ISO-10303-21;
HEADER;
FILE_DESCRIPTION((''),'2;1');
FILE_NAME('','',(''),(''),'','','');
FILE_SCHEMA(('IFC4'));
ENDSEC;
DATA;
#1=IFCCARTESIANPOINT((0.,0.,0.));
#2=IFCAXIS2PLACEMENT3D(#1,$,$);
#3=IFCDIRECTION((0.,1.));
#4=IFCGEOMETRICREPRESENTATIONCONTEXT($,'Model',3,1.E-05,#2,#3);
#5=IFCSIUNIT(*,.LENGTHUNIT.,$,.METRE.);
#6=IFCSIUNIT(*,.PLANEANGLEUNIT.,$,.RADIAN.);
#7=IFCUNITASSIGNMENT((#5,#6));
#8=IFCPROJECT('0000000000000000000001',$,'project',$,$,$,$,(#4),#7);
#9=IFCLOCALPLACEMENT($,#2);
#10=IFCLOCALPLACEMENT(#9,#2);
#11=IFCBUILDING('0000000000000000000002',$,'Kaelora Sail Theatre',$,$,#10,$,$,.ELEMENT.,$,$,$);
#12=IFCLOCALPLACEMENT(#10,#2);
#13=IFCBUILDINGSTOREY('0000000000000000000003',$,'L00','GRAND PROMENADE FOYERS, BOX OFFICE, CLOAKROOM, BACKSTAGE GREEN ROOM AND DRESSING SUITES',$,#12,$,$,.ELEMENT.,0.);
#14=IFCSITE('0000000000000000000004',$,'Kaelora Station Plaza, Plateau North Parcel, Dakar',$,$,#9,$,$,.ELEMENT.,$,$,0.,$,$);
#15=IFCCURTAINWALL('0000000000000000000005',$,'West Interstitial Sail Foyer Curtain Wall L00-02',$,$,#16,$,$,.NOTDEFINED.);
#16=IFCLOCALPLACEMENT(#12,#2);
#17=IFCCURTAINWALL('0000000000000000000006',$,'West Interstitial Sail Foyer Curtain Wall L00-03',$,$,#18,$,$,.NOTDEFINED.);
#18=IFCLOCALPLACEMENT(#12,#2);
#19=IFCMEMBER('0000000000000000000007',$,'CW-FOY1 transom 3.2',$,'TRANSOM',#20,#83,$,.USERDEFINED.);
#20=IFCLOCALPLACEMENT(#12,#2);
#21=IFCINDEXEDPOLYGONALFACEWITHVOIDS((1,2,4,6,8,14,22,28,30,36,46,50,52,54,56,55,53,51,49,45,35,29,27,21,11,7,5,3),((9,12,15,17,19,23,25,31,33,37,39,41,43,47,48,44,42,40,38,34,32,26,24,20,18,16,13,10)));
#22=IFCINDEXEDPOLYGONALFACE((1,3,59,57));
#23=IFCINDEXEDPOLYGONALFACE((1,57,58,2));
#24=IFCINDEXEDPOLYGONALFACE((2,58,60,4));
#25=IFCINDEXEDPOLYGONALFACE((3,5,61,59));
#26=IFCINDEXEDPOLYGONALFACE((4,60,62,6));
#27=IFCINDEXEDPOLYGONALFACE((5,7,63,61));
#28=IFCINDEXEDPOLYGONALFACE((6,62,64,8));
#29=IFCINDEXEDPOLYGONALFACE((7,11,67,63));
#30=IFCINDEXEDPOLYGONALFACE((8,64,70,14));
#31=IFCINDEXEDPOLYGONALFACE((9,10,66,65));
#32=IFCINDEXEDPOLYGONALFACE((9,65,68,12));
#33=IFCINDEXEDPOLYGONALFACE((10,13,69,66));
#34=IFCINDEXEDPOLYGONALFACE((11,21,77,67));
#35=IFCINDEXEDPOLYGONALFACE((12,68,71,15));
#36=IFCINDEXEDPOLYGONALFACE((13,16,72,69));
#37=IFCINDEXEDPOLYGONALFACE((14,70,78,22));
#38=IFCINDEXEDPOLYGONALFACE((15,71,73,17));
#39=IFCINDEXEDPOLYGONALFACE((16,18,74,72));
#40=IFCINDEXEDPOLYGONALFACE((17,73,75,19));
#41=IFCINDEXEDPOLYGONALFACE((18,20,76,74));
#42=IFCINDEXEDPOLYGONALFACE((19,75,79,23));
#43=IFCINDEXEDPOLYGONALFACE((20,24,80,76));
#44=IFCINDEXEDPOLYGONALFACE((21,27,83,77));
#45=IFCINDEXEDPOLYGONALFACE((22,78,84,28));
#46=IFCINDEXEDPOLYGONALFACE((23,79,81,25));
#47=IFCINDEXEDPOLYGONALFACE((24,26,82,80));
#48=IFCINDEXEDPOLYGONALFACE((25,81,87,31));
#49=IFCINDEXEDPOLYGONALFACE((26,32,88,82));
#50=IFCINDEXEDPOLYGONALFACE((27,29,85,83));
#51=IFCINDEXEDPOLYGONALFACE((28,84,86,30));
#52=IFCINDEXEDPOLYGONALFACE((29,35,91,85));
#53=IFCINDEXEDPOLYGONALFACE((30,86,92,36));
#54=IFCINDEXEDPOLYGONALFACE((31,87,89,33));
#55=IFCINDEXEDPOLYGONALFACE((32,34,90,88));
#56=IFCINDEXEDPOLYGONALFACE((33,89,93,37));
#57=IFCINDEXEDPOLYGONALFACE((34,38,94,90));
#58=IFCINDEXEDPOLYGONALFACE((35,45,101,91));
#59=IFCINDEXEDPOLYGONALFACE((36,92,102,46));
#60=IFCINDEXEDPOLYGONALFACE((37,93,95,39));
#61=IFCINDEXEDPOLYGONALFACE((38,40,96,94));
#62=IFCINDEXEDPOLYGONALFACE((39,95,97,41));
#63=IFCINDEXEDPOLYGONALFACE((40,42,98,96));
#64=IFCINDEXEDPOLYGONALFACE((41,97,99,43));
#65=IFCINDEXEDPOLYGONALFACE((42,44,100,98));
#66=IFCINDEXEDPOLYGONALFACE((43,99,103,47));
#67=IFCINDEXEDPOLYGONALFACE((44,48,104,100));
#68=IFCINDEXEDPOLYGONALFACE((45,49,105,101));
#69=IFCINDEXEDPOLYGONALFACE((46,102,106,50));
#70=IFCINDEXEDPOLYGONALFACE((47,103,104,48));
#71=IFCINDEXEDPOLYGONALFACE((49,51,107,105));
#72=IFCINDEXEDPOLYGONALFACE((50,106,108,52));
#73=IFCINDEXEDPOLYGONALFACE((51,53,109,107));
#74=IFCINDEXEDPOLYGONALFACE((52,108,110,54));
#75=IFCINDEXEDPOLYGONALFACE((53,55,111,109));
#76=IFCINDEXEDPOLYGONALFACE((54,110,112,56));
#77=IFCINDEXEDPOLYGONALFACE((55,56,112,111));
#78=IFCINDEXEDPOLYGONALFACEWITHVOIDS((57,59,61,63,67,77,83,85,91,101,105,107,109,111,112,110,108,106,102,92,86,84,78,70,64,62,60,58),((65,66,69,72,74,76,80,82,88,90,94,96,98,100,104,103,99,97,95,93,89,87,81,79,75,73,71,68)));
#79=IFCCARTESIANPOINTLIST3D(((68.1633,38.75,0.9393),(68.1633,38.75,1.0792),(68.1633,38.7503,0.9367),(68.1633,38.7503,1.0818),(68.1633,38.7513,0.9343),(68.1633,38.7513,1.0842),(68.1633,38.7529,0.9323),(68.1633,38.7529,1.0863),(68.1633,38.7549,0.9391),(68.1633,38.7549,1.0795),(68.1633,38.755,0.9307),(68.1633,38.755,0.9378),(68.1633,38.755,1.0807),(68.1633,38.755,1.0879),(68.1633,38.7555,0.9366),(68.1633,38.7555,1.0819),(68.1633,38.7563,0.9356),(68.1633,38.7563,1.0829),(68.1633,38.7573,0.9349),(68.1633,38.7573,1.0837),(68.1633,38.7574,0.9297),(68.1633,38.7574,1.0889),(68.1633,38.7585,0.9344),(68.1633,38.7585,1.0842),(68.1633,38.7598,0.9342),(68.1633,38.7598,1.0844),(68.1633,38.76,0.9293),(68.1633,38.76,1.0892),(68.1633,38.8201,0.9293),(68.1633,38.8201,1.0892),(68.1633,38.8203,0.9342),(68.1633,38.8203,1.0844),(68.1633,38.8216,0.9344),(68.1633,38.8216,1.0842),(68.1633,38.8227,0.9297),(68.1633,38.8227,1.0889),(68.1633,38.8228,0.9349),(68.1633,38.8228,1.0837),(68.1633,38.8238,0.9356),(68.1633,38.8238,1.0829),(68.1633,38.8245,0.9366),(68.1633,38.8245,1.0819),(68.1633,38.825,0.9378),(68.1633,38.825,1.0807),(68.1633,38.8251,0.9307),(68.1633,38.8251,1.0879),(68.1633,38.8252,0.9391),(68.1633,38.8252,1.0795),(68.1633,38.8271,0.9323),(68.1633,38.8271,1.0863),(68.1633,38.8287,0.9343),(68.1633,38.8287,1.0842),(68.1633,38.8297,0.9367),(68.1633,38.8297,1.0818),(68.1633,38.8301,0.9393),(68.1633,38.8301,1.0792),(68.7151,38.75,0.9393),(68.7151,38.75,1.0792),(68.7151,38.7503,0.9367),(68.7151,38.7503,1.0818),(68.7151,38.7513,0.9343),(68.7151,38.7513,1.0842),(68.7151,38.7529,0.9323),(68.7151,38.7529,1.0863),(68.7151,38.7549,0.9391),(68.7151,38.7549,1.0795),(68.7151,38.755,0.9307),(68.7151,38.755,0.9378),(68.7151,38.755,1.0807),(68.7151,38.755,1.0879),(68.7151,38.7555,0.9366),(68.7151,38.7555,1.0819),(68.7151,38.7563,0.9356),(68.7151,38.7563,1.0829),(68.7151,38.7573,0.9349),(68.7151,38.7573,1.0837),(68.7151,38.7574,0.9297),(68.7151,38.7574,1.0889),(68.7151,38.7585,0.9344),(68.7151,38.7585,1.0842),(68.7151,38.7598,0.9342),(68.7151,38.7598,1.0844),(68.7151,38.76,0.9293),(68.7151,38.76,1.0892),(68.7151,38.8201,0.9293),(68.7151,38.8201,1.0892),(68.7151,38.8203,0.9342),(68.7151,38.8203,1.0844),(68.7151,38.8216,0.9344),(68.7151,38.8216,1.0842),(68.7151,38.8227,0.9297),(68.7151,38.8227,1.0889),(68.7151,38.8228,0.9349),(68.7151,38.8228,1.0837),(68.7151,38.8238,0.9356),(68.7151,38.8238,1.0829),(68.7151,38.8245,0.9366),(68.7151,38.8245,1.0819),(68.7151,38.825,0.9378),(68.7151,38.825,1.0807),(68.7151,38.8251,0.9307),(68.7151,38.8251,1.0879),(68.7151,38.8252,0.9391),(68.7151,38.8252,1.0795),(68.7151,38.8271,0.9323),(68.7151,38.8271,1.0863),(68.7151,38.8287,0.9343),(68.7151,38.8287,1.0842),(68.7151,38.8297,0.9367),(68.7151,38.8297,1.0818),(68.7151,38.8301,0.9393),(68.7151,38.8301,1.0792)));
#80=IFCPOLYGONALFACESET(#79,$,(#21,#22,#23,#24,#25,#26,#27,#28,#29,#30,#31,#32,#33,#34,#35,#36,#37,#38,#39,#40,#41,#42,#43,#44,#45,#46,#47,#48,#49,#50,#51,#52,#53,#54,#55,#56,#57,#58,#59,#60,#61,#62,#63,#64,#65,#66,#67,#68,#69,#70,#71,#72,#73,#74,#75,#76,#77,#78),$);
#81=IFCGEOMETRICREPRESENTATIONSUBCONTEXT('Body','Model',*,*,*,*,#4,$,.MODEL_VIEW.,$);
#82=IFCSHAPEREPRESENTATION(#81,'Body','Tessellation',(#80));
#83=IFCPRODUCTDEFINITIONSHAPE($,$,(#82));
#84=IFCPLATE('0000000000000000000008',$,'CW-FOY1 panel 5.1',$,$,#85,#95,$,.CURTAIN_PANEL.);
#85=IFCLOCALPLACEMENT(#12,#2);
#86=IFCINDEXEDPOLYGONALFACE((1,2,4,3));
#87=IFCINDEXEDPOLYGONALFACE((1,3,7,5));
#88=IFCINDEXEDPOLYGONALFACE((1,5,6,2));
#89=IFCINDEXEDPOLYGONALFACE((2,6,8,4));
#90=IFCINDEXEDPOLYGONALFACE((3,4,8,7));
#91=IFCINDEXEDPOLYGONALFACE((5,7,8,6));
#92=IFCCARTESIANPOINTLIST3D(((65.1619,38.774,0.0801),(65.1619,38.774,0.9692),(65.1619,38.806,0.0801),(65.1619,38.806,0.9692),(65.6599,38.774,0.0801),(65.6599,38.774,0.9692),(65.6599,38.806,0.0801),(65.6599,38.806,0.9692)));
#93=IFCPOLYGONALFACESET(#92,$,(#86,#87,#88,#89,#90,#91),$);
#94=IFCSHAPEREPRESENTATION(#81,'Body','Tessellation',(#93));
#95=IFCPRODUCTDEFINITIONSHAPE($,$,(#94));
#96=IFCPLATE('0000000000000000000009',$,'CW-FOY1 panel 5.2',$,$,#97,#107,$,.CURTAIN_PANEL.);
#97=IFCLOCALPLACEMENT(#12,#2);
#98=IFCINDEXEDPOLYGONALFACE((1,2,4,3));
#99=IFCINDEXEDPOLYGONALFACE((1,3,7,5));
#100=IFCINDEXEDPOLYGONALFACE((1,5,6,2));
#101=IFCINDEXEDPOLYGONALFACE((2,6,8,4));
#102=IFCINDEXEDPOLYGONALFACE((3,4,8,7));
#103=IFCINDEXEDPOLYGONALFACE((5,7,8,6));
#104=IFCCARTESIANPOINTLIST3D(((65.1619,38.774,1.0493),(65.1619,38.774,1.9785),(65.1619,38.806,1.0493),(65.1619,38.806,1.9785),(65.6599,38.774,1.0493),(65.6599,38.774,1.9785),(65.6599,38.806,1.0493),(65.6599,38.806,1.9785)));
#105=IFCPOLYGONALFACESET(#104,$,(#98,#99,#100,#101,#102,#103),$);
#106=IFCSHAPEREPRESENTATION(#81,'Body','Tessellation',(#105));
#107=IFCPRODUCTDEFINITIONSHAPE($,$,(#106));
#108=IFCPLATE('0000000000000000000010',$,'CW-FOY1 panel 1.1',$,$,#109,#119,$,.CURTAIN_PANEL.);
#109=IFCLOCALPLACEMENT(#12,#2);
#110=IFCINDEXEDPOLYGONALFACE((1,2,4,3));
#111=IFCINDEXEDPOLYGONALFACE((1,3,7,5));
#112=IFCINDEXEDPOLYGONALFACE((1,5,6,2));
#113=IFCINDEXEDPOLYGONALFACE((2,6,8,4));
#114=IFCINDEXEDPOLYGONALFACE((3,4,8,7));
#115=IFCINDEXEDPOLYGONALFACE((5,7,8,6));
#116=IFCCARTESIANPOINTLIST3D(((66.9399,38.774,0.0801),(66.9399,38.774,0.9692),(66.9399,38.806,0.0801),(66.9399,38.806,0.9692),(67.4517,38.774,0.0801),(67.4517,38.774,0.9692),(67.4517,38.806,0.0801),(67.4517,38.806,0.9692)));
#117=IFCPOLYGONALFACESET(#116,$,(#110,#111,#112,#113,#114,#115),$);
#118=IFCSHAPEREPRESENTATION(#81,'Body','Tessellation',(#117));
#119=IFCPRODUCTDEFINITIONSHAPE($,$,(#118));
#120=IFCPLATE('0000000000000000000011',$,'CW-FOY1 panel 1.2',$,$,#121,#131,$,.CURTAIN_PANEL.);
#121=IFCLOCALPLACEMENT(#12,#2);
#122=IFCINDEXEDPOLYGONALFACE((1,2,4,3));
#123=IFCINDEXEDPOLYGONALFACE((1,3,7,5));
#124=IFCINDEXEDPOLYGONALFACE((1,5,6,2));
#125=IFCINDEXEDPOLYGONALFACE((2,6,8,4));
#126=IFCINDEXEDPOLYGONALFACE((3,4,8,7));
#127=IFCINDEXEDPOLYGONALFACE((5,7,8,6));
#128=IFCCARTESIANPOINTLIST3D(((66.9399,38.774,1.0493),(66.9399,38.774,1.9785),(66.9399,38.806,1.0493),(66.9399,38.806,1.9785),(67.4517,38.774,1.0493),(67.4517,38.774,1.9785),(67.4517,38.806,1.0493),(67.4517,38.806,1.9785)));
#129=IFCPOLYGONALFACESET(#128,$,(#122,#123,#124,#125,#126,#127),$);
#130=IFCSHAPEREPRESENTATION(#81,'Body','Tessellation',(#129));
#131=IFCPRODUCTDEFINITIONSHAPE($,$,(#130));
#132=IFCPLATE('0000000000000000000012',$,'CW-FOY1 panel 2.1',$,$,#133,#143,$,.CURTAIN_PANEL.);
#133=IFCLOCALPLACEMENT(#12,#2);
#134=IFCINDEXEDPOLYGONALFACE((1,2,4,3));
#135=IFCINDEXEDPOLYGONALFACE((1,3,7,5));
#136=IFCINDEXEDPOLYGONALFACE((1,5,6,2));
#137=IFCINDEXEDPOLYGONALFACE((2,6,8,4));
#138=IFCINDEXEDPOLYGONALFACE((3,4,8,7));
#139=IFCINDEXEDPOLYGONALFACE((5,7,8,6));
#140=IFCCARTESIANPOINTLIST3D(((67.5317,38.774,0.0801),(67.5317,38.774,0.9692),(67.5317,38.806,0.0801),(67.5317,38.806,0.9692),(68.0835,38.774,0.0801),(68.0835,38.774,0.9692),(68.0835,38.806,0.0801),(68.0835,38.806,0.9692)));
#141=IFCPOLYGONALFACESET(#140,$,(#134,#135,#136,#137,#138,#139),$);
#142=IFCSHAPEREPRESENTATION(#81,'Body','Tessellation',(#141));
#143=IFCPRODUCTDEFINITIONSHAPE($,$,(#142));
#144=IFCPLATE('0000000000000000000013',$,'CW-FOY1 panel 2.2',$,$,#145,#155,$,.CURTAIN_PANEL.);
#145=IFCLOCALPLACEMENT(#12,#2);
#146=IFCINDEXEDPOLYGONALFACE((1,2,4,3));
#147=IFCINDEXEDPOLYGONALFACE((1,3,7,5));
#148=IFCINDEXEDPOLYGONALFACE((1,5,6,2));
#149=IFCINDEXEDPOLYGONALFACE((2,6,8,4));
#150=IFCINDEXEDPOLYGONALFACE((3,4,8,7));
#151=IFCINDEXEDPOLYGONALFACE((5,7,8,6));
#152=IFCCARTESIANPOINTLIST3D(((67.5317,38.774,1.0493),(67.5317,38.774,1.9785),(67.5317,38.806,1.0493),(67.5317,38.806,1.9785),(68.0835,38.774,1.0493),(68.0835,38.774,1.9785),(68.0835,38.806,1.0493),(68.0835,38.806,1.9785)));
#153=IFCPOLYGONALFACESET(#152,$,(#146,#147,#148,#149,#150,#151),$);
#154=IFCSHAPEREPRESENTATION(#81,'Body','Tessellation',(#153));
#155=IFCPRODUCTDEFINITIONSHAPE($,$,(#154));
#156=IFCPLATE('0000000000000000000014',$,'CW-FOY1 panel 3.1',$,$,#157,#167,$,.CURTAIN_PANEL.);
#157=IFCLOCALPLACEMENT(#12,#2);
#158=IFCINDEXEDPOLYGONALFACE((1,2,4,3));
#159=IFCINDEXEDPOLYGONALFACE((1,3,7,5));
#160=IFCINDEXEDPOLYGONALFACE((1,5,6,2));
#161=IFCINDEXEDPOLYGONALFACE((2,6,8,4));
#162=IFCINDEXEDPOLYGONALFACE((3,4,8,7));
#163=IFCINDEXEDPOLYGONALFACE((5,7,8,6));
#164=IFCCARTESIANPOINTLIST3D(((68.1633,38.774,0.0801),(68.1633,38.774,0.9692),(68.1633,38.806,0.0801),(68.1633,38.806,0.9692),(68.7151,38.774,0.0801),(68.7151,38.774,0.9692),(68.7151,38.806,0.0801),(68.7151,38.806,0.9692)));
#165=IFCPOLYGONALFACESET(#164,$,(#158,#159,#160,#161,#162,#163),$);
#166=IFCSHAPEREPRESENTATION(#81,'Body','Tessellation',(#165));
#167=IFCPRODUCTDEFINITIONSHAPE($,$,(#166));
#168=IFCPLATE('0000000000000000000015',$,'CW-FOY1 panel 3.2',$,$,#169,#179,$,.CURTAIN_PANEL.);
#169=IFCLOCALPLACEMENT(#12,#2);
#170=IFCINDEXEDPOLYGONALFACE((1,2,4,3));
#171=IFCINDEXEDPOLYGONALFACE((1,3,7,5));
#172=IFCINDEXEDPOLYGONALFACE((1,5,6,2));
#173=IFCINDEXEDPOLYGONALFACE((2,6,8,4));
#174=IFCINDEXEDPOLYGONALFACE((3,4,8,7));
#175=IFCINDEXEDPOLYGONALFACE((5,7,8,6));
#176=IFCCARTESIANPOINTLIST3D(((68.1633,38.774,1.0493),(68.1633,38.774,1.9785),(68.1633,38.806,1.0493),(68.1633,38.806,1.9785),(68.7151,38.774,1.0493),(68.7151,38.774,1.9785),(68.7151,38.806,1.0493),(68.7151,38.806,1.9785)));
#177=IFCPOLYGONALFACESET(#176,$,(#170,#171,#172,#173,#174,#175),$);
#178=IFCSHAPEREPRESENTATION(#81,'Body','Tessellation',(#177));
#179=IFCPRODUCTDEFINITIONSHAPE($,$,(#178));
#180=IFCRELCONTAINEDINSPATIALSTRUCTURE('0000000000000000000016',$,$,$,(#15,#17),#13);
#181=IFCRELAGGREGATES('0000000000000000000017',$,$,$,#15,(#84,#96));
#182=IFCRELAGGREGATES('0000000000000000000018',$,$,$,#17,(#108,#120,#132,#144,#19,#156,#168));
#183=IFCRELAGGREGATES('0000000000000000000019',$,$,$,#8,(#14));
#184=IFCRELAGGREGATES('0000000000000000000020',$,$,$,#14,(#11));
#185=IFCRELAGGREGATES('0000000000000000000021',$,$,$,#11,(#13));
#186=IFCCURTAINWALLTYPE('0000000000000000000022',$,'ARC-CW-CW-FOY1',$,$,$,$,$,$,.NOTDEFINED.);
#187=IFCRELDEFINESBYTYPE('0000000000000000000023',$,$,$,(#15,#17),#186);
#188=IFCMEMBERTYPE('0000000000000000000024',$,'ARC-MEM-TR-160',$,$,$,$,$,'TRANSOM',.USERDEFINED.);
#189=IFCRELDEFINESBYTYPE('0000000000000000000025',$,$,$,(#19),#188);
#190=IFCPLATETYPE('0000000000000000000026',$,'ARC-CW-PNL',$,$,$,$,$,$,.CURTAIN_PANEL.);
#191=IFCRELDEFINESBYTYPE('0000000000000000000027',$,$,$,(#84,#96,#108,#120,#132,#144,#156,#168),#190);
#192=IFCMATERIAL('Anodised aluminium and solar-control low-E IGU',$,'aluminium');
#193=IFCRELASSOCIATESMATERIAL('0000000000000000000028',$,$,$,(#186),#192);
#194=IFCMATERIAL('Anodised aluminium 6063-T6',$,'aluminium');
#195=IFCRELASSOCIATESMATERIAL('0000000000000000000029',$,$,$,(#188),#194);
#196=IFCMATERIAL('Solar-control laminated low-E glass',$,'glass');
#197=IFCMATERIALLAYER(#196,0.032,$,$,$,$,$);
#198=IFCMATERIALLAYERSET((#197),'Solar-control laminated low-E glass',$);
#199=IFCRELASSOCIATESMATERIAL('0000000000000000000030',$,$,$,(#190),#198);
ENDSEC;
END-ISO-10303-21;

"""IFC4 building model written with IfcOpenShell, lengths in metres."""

from ifc_helpers import new_model, si_unit, direction, frame, origin, origin_2d, place, context, subcontext, project, spatial, rectangle, hollow_rectangle, extrude, material, layer, layer_set, material_profile, profile_set, type_object, element, aggregate, save


model = new_model("IFC4")

# Units and contexts
model_context = context("Model", 3, precision=1e-05, world=origin(), true_north=direction((0.0, 1.0)))
body_context = subcontext(model_context, "Body", "Model", "MODEL_VIEW")
ifc_project = project(units=[si_unit("LENGTHUNIT", "METRE"), si_unit("PLANEANGLEUNIT", "RADIAN")], contexts=[model_context])

# Site, building, storey
site_placement = place(None, origin())
site = spatial("IfcSite", under=ifc_project, at=site_placement, Name="Kaelora Station Plaza, Plateau North Parcel, Dakar", CompositionType="ELEMENT", RefElevation=0.0)
building_placement = place(site_placement, origin())
building = spatial("IfcBuilding", under=site, at=building_placement, Name="Kaelora Sail Theatre", CompositionType="ELEMENT")
storey_placement = place(building_placement, origin())
storey = spatial("IfcBuildingStorey", under=building, at=storey_placement, Name="L00", Description="GRAND PROMENADE FOYERS, BOX OFFICE, CLOAKROOM, BACKSTAGE GREEN ROOM AND DRESSING SUITES", CompositionType="ELEMENT", Elevation=0.0)

# Curtain walls
ifc_material_1 = material(Name="Anodised aluminium and solar-control low-E IGU", Category="aluminium")
curtain_wall_type = type_object("IfcCurtainWallType", Name="ARC-CW-CW-FOY1", PredefinedType="NOTDEFINED", material=ifc_material_1)
curtain_wall_1_placement = place(storey_placement, origin())
curtain_wall_1 = element("IfcCurtainWall", 1, at=curtain_wall_1_placement, inside=storey, type_object=curtain_wall_type, Name="West Interstitial Sail Foyer Curtain Wall L00-02", PredefinedType="NOTDEFINED")
curtain_wall_2_placement = place(storey_placement, origin())
curtain_wall_2 = element("IfcCurtainWall", 2, at=curtain_wall_2_placement, inside=storey, type_object=curtain_wall_type, Name="West Interstitial Sail Foyer Curtain Wall L00-03", PredefinedType="NOTDEFINED")

# Member
ifc_material_2 = material(Name="Anodised aluminium 6063-T6", Category="aluminium")
ifc_material_profile_1 = material_profile(ifc_material_2, hollow_rectangle(XDim=0.0801, YDim=0.1599, WallThickness=0.0049, InnerFilletRadius=0.0049, OuterFilletRadius=0.01, at=origin_2d()), Name="ALU-TRAN 80x160x5")
ifc_profile_set_1 = profile_set([ifc_material_profile_1], Name="Anodised aluminium 6063-T6")
member_type_1 = type_object("IfcMemberType", Name="ARC-MEM-TR-160", ElementType="TRANSOM", PredefinedType="USERDEFINED", material=ifc_profile_set_1)
member_1_placement = place(storey_placement, frame((68.1633, 38.79, 1.0093), z_axis=(1.0, 0.0, 0.0), x_axis=(0.0, 1.0, 0.0)))
member_1 = element("IfcMember", 3, at=member_1_placement, type_object=member_type_1, Name="CW-FOY1 transom 3.2", ObjectType="TRANSOM", PredefinedType="USERDEFINED", context=body_context, shape_type="SweptSolid", body=[
    extrude(hollow_rectangle(XDim=0.0801, YDim=0.1599, WallThickness=0.0049, InnerFilletRadius=0.0049, OuterFilletRadius=0.01, at=origin_2d()), origin(), (0.0, 0.0, 1.0), 0.5518),
])

# Plates
ifc_material_3 = material(Name="Solar-control laminated low-E glass", Category="glass")
ifc_layer = layer(ifc_material_3, 0.032)
ifc_layer_set = layer_set([ifc_layer], Name="Solar-control laminated low-E glass")
plate_type = type_object("IfcPlateType", Name="ARC-CW-PNL", PredefinedType="CURTAIN_PANEL", material=ifc_layer_set)
plate_1_placement = place(storey_placement, frame((65.4109, 38.79, 0.0801), z_axis=(0.0, 0.0, 1.0), x_axis=(1.0, 0.0, 0.0)))
plate_1 = element("IfcPlate", 4, at=plate_1_placement, type_object=plate_type, Name="CW-FOY1 panel 5.1", PredefinedType="CURTAIN_PANEL", context=body_context, shape_type="SweptSolid", body=[
    extrude(rectangle(XDim=0.498, YDim=0.032, at=origin_2d()), origin(), (0.0, 0.0, 1.0), 0.8892),
])
plate_2_placement = place(storey_placement, frame((65.4109, 38.79, 1.0493), z_axis=(0.0, 0.0, 1.0), x_axis=(1.0, 0.0, 0.0)))
plate_2 = element("IfcPlate", 5, at=plate_2_placement, type_object=plate_type, Name="CW-FOY1 panel 5.2", PredefinedType="CURTAIN_PANEL", context=body_context, shape_type="SweptSolid", body=[
    extrude(rectangle(XDim=0.498, YDim=0.032, at=origin_2d()), origin(), (0.0, 0.0, 1.0), 0.9292),
])
aggregate(curtain_wall_1, [plate_1, plate_2])
plate_3_placement = place(storey_placement, frame((67.1958, 38.79, 0.0801), z_axis=(0.0, 0.0, 1.0), x_axis=(1.0, 0.0, 0.0)))
plate_3 = element("IfcPlate", 6, at=plate_3_placement, type_object=plate_type, Name="CW-FOY1 panel 1.1", PredefinedType="CURTAIN_PANEL", context=body_context, shape_type="SweptSolid", body=[
    extrude(rectangle(XDim=0.5117, YDim=0.032, at=origin_2d()), origin(), (0.0, 0.0, 1.0), 0.8892),
])
plate_4_placement = place(storey_placement, frame((67.1958, 38.79, 1.0493), z_axis=(0.0, 0.0, 1.0), x_axis=(1.0, 0.0, 0.0)))
plate_4 = element("IfcPlate", 7, at=plate_4_placement, type_object=plate_type, Name="CW-FOY1 panel 1.2", PredefinedType="CURTAIN_PANEL", context=body_context, shape_type="SweptSolid", body=[
    extrude(rectangle(XDim=0.5117, YDim=0.032, at=origin_2d()), origin(), (0.0, 0.0, 1.0), 0.9292),
])
plate_5_placement = place(storey_placement, frame((67.8076, 38.79, 0.0801), z_axis=(0.0, 0.0, 1.0), x_axis=(1.0, 0.0, 0.0)))
plate_5 = element("IfcPlate", 8, at=plate_5_placement, type_object=plate_type, Name="CW-FOY1 panel 2.1", PredefinedType="CURTAIN_PANEL", context=body_context, shape_type="SweptSolid", body=[
    extrude(rectangle(XDim=0.5518, YDim=0.032, at=origin_2d()), origin(), (0.0, 0.0, 1.0), 0.8892),
])
plate_6_placement = place(storey_placement, frame((67.8076, 38.79, 1.0493), z_axis=(0.0, 0.0, 1.0), x_axis=(1.0, 0.0, 0.0)))
plate_6 = element("IfcPlate", 9, at=plate_6_placement, type_object=plate_type, Name="CW-FOY1 panel 2.2", PredefinedType="CURTAIN_PANEL", context=body_context, shape_type="SweptSolid", body=[
    extrude(rectangle(XDim=0.5518, YDim=0.032, at=origin_2d()), origin(), (0.0, 0.0, 1.0), 0.9292),
])
plate_7_placement = place(storey_placement, frame((68.4392, 38.79, 0.0801), z_axis=(0.0, 0.0, 1.0), x_axis=(1.0, 0.0, 0.0)))
plate_7 = element("IfcPlate", 10, at=plate_7_placement, type_object=plate_type, Name="CW-FOY1 panel 3.1", PredefinedType="CURTAIN_PANEL", context=body_context, shape_type="SweptSolid", body=[
    extrude(rectangle(XDim=0.5518, YDim=0.032, at=origin_2d()), origin(), (0.0, 0.0, 1.0), 0.8892),
])
plate_8_placement = place(storey_placement, frame((68.4392, 38.79, 1.0493), z_axis=(0.0, 0.0, 1.0), x_axis=(1.0, 0.0, 0.0)))
plate_8 = element("IfcPlate", 11, at=plate_8_placement, type_object=plate_type, Name="CW-FOY1 panel 3.2", PredefinedType="CURTAIN_PANEL", context=body_context, shape_type="SweptSolid", body=[
    extrude(rectangle(XDim=0.5518, YDim=0.032, at=origin_2d()), origin(), (0.0, 0.0, 1.0), 0.9292),
])
aggregate(curtain_wall_2, [plate_3, plate_4, plate_5, plate_6, member_1, plate_7, plate_8])

save(model, "model.ifc")
